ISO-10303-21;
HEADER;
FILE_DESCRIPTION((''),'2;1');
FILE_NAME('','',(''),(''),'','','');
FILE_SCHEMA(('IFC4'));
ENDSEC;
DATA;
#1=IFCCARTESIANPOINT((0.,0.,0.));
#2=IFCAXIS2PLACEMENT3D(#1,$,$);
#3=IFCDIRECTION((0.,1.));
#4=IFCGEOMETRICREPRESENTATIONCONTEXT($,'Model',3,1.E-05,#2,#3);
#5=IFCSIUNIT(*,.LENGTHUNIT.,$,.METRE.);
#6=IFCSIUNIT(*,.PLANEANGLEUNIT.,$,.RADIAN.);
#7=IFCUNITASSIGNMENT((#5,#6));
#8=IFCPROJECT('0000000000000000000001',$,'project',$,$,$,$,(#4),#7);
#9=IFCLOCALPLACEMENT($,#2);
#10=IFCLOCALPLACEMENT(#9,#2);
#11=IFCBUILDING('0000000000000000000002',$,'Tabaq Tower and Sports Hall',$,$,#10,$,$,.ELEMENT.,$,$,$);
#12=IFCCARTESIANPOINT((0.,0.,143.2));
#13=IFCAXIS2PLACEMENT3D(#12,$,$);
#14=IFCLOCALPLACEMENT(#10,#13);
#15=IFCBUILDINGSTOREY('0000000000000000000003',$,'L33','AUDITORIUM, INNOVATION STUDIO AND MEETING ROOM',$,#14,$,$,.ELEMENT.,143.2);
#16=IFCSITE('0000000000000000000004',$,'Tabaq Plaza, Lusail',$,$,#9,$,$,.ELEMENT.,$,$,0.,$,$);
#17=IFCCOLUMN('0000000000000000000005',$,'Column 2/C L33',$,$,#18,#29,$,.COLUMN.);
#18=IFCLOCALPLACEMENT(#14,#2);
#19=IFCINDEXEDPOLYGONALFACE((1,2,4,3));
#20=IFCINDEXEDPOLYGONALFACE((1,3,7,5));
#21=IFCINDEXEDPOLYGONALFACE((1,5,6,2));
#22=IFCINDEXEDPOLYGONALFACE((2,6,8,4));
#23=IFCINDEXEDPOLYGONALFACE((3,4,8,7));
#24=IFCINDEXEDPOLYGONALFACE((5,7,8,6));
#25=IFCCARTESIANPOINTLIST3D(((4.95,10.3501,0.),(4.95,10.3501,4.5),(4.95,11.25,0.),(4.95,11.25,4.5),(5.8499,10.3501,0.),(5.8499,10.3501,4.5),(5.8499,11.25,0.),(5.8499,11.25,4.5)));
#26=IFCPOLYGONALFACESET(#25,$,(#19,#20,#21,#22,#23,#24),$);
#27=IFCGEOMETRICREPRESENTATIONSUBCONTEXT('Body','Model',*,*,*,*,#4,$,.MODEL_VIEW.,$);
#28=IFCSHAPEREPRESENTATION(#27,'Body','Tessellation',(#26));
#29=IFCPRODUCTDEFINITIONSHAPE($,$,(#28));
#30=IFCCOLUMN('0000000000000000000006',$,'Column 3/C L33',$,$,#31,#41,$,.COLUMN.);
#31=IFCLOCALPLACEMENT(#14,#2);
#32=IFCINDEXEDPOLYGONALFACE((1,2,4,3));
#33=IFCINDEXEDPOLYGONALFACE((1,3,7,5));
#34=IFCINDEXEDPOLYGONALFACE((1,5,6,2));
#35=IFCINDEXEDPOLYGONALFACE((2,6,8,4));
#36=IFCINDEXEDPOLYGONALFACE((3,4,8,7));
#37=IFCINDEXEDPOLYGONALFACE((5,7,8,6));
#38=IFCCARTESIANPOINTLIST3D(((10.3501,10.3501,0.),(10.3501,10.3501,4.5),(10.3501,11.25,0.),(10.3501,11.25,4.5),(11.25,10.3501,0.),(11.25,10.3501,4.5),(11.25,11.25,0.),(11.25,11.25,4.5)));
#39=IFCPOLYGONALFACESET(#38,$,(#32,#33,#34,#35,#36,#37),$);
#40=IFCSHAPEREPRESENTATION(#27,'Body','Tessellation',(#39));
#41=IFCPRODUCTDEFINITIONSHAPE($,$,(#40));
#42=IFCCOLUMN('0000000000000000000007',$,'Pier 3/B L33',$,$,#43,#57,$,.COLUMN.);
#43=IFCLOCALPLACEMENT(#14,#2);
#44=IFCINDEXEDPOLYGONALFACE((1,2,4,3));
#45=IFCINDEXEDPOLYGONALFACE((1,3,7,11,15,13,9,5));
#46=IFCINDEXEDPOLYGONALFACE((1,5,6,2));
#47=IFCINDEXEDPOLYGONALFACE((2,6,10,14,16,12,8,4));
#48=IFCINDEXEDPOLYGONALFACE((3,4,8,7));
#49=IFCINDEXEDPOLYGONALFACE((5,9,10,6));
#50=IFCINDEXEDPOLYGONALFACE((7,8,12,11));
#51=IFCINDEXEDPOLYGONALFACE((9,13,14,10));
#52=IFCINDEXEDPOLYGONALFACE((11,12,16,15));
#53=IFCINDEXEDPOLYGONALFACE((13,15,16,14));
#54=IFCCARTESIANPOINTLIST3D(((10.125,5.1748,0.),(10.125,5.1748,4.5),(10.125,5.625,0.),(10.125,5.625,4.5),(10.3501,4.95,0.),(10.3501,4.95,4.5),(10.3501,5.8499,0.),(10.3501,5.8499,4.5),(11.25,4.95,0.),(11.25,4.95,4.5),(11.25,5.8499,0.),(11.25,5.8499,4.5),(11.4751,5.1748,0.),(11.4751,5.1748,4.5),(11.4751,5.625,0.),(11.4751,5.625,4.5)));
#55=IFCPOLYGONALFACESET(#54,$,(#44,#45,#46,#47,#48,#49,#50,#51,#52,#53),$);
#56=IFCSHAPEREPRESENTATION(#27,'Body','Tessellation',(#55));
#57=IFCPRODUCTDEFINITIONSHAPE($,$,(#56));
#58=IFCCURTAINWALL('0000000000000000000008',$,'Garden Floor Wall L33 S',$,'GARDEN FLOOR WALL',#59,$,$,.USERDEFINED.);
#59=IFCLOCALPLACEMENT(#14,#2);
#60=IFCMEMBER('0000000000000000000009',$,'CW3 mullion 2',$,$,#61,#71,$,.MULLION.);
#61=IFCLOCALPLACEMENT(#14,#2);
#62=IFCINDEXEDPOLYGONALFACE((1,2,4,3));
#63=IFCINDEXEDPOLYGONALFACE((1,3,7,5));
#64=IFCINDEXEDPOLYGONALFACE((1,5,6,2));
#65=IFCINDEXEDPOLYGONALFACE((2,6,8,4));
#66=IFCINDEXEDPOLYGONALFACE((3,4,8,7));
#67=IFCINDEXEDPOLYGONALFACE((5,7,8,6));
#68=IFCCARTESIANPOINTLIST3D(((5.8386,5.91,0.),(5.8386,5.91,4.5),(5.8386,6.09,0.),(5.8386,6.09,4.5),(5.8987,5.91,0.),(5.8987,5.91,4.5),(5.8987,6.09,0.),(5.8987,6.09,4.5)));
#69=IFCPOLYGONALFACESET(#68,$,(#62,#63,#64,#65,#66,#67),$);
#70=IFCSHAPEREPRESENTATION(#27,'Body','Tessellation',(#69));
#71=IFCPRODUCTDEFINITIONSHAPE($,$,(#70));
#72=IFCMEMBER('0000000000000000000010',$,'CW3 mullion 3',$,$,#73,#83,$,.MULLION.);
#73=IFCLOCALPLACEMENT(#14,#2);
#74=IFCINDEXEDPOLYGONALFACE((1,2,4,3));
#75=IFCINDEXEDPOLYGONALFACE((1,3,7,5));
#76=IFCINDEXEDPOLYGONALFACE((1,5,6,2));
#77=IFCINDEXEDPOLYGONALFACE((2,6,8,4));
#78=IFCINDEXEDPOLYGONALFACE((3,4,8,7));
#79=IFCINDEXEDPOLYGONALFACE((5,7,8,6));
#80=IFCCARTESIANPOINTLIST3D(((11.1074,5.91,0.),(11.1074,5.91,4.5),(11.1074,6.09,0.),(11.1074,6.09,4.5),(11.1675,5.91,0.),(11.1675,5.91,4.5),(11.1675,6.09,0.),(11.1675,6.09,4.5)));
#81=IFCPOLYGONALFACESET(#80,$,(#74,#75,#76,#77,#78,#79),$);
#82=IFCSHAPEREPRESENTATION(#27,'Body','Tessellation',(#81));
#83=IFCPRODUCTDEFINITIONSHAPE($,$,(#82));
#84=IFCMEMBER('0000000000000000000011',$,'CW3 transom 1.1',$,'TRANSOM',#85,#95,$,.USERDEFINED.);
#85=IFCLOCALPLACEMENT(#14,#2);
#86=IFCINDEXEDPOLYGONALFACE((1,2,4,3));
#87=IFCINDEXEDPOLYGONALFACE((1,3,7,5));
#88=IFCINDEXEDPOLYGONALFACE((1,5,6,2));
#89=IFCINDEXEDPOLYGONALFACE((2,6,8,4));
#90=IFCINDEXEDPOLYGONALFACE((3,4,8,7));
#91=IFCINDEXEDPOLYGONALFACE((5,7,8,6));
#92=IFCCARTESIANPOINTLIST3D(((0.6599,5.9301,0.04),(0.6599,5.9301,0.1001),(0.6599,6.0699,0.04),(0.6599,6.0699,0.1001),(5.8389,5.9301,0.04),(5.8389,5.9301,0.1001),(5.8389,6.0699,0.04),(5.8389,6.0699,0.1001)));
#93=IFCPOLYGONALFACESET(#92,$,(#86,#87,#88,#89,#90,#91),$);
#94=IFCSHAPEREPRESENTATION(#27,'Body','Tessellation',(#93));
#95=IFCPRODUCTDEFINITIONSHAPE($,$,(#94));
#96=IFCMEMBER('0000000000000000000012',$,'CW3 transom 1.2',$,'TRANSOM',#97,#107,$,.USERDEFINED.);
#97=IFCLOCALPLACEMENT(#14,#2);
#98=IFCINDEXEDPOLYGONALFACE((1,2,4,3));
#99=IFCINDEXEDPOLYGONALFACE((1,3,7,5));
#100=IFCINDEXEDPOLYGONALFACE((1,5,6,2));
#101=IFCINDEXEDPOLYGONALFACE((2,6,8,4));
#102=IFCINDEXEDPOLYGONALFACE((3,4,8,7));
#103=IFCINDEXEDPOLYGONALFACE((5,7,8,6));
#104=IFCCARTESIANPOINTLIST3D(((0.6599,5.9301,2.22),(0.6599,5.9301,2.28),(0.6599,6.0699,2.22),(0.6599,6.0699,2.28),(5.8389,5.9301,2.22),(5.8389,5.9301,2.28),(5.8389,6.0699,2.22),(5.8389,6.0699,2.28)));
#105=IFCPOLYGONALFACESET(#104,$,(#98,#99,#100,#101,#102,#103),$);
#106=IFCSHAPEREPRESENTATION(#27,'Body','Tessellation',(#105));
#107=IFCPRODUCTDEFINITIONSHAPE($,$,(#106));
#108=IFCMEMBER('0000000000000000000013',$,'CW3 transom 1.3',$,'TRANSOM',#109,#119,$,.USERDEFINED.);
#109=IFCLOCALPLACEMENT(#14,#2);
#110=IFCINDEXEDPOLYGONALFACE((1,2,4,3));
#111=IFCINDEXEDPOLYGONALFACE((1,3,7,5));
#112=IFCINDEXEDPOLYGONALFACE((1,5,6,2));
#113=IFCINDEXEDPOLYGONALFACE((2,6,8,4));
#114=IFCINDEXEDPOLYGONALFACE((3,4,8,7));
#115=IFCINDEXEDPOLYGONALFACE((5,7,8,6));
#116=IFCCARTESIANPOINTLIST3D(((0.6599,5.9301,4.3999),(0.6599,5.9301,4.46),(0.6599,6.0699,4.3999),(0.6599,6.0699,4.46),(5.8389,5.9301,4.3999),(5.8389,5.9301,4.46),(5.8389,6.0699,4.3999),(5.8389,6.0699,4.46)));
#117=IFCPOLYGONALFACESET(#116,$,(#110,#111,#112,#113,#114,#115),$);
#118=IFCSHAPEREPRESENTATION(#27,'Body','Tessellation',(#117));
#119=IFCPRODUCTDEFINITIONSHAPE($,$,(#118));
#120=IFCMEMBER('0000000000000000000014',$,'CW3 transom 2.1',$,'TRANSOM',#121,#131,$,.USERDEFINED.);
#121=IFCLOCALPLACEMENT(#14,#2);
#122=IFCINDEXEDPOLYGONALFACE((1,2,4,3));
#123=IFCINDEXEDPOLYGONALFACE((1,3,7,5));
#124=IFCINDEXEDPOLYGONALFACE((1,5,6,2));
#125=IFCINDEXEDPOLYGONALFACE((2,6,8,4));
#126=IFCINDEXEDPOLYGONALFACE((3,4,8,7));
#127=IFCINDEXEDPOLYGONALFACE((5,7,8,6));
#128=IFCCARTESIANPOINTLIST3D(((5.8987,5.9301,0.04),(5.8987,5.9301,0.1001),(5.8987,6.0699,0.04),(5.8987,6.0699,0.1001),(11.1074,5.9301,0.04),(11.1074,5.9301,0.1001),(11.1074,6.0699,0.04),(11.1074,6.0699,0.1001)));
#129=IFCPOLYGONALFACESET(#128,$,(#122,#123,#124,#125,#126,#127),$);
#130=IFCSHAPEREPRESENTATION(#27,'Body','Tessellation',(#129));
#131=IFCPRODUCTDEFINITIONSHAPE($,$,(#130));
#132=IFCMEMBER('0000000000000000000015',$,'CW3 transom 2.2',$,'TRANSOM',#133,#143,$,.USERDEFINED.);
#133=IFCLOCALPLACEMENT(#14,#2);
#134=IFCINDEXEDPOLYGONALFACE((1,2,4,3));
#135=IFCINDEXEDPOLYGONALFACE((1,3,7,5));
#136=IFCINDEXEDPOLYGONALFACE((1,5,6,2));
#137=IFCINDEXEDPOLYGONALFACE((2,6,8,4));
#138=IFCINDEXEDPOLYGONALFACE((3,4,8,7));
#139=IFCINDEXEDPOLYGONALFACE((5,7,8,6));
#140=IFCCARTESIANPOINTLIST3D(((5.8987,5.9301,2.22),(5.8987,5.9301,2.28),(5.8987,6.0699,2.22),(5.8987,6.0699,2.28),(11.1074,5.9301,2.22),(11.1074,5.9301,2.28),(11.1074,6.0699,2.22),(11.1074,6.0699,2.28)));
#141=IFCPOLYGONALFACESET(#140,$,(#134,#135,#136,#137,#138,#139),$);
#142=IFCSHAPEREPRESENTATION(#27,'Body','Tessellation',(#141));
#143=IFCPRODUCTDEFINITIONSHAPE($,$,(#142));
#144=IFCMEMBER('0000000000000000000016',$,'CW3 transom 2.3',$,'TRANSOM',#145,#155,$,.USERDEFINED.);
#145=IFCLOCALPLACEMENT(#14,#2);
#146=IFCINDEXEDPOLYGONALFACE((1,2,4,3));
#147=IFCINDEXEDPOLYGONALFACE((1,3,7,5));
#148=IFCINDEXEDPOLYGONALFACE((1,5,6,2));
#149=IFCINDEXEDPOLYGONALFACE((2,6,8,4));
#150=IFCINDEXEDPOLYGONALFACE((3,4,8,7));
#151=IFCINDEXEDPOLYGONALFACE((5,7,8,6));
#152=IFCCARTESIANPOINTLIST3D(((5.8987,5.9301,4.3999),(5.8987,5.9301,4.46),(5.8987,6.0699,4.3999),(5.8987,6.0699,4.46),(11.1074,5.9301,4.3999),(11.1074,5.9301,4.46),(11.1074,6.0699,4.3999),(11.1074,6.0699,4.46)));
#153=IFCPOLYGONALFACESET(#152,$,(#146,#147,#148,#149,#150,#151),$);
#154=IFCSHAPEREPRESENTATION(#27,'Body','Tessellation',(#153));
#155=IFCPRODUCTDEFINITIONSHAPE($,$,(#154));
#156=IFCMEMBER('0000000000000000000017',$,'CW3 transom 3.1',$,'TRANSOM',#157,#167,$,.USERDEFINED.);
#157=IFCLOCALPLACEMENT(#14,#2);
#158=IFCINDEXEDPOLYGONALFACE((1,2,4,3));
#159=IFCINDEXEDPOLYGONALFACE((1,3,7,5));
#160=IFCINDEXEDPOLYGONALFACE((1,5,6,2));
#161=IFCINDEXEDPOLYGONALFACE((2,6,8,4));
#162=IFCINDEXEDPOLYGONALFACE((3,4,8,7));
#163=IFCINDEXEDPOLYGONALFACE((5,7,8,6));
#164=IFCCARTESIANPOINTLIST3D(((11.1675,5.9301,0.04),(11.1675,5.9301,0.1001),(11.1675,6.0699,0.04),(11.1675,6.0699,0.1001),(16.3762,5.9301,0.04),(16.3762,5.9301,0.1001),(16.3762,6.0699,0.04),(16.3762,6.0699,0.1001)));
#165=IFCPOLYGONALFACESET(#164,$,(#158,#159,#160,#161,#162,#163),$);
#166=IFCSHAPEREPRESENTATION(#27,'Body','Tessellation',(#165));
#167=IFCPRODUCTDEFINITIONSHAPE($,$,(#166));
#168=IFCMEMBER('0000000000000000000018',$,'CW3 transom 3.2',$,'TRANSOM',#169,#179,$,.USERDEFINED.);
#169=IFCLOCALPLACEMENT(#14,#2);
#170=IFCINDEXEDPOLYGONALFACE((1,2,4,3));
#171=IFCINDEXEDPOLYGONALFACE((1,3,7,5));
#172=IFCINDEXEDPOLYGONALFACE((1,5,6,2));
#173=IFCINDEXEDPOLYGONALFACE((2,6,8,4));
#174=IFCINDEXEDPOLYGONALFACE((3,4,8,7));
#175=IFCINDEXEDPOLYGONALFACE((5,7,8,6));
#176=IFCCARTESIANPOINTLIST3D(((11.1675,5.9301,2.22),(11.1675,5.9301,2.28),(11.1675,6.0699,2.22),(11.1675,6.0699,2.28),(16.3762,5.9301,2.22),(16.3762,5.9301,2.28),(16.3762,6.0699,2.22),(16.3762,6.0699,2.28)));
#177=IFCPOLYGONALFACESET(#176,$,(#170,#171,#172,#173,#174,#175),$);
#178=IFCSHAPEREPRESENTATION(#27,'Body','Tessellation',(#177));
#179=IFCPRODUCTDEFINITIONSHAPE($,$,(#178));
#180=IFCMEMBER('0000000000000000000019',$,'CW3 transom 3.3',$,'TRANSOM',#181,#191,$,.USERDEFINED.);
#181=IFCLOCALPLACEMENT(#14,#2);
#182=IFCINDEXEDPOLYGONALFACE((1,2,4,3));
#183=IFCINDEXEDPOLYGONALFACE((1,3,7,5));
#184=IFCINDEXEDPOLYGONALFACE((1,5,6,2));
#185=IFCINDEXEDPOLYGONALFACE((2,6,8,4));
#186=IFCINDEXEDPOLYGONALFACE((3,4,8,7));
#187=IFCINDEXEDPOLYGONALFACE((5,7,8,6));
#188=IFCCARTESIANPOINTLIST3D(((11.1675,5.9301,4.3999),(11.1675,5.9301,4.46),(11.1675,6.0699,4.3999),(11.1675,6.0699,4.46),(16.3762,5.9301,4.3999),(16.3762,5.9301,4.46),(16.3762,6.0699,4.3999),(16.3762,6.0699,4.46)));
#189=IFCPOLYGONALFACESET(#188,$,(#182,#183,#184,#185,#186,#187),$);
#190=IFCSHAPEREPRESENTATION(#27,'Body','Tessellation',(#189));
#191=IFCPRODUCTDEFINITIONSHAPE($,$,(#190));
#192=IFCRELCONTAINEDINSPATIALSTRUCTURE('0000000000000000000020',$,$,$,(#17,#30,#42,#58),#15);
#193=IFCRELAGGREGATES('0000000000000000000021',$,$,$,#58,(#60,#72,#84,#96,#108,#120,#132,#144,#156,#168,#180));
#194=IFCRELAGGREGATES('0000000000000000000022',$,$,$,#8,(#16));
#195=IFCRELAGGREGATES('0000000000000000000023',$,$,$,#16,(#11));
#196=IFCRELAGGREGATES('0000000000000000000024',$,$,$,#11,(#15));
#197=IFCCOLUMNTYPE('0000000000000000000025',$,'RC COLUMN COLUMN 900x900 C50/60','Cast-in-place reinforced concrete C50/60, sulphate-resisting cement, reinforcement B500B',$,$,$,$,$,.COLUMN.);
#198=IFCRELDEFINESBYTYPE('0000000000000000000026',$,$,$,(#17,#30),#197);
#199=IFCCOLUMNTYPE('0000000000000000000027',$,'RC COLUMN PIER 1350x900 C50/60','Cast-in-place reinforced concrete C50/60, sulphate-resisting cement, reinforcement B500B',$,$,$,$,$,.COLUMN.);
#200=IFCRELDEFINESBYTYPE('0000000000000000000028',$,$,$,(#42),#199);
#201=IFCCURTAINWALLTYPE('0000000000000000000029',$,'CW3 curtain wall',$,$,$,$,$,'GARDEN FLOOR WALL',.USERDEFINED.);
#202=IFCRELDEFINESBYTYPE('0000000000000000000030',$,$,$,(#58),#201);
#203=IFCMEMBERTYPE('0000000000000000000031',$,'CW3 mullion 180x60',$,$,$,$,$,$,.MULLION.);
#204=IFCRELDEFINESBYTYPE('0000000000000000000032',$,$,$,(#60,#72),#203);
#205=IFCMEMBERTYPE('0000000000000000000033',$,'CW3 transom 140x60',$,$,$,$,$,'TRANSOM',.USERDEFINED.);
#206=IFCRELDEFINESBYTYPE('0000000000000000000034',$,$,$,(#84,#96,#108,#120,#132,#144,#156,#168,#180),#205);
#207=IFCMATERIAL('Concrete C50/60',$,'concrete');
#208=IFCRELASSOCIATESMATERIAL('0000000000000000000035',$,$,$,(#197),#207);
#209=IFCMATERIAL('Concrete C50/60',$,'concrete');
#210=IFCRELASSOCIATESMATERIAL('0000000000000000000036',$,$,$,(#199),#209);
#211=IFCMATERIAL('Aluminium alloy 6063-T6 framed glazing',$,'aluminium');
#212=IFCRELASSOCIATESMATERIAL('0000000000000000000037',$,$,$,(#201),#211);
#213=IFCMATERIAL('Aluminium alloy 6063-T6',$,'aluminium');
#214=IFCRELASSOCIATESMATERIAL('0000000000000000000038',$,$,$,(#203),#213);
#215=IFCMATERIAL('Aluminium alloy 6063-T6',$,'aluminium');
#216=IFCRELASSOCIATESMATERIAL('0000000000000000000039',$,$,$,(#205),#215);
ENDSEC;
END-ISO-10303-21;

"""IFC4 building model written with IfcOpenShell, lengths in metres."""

from ifc_helpers import new_model, si_unit, direction, frame, origin, origin_2d, place, context, subcontext, project, spatial, polyline, rectangle, outline, extrude, material, material_profile, profile_set, type_object, element, aggregate, save


model = new_model("IFC4")

# Units and contexts
model_context = context("Model", 3, precision=1e-05, world=origin(), true_north=direction((0.0, 1.0)))
body_context = subcontext(model_context, "Body", "Model", "MODEL_VIEW")
ifc_project = project(units=[si_unit("LENGTHUNIT", "METRE"), si_unit("PLANEANGLEUNIT", "RADIAN")], contexts=[model_context])

# Site, building, storey
site_placement = place(None, origin())
site = spatial("IfcSite", under=ifc_project, at=site_placement, Name="Tabaq Plaza, Lusail", CompositionType="ELEMENT", RefElevation=0.0)
building_placement = place(site_placement, origin())
building = spatial("IfcBuilding", under=site, at=building_placement, Name="Tabaq Tower and Sports Hall", CompositionType="ELEMENT")
storey_placement = place(building_placement, frame((0.0, 0.0, 143.2)))
storey = spatial("IfcBuildingStorey", under=building, at=storey_placement, Name="L33", Description="AUDITORIUM, INNOVATION STUDIO AND MEETING ROOM", CompositionType="ELEMENT", Elevation=143.2)

# Columns
ifc_material_1 = material(Name="Concrete C50/60", Category="concrete")
ifc_material_profile_1 = material_profile(ifc_material_1, rectangle(XDim=0.8999, YDim=0.8999, at=origin_2d()), Name="COLUMN 900x900")
ifc_profile_set_1 = profile_set([ifc_material_profile_1], Name="Concrete C50/60")
column_type_1 = type_object("IfcColumnType", Name="RC COLUMN COLUMN 900x900 C50/60", Description="Cast-in-place reinforced concrete C50/60, sulphate-resisting cement, reinforcement B500B", PredefinedType="COLUMN", material=ifc_profile_set_1)
for number, where, z_axis, x_axis, name in (
    (1, (5.3999, 10.8, 0.0), (0.0, 0.0, 1.0), (1.0, 0.0, 0.0), "Column 2/C L33"),
    (2, (10.8, 10.8, 0.0), (0.0, 0.0, 1.0), (1.0, 0.0, 0.0), "Column 3/C L33"),
):
    element("IfcColumn", number, at=place(storey_placement, frame(where, z_axis=z_axis, x_axis=x_axis)), inside=storey, type_object=column_type_1, Name=name, PredefinedType="COLUMN", context=body_context, shape_type="SweptSolid", body=[
        extrude(rectangle(XDim=0.8999, YDim=0.8999, at=origin_2d()), origin(), (0.0, 0.0, 1.0), 4.5),
    ])
ifc_material_2 = material(Name="Concrete C50/60", Category="concrete")
ifc_material_profile_2 = material_profile(ifc_material_2, outline(polyline([(-0.45, -0.45), (0.45, -0.45), (0.675, -0.2251), (0.675, 0.2251), (0.45, 0.45), (-0.45, 0.45), (-0.675, 0.2251), (-0.675, -0.2251), (-0.45, -0.45)])), Name="PIER 1350x900")
ifc_profile_set_2 = profile_set([ifc_material_profile_2], Name="Concrete C50/60")
column_type_2 = type_object("IfcColumnType", Name="RC COLUMN PIER 1350x900 C50/60", Description="Cast-in-place reinforced concrete C50/60, sulphate-resisting cement, reinforcement B500B", PredefinedType="COLUMN", material=ifc_profile_set_2)
column_placement = place(storey_placement, frame((10.8, 5.3999, 0.0), z_axis=(0.0, 0.0, 1.0), x_axis=(1.0, 0.0, 0.0)))
element("IfcColumn", 3, at=column_placement, inside=storey, type_object=column_type_2, Name="Pier 3/B L33", PredefinedType="COLUMN", context=body_context, shape_type="SweptSolid", body=[
    extrude(outline(polyline([(-0.45, -0.45), (0.45, -0.45), (0.675, -0.2251), (0.675, 0.2251), (0.45, 0.45), (-0.45, 0.45), (-0.675, 0.2251), (-0.675, -0.2251), (-0.45, -0.45)])), origin(), (0.0, 0.0, 1.0), 4.5),
])

# Curtain wall, members
ifc_material_3 = material(Name="Aluminium alloy 6063-T6 framed glazing", Category="aluminium")
curtain_wall_type = type_object("IfcCurtainWallType", Name="CW3 curtain wall", ElementType="GARDEN FLOOR WALL", PredefinedType="USERDEFINED", material=ifc_material_3)
curtain_wall_placement = place(storey_placement, origin())
curtain_wall = element("IfcCurtainWall", 4, at=curtain_wall_placement, inside=storey, type_object=curtain_wall_type, Name="Garden Floor Wall L33 S", ObjectType="GARDEN FLOOR WALL", PredefinedType="USERDEFINED")
ifc_material_4 = material(Name="Aluminium alloy 6063-T6", Category="aluminium")
ifc_material_profile_3 = material_profile(ifc_material_4, rectangle(XDim=0.1799, YDim=0.0601, at=origin_2d()), Name="MULLION 180x60")
ifc_profile_set_3 = profile_set([ifc_material_profile_3], Name="Aluminium alloy 6063-T6")
member_type_1 = type_object("IfcMemberType", Name="CW3 mullion 180x60", PredefinedType="MULLION", material=ifc_profile_set_3)
member_1_placement = place(storey_placement, frame((5.8687, 6.0, 0.0), z_axis=(0.0, 0.0, 1.0), x_axis=(0.0, 1.0, 0.0)))
member_1 = element("IfcMember", 5, at=member_1_placement, type_object=member_type_1, Name="CW3 mullion 2", PredefinedType="MULLION", context=body_context, shape_type="SweptSolid", body=[
    extrude(rectangle(XDim=0.1799, YDim=0.0601, at=origin_2d()), origin(), (0.0, 0.0, 1.0), 4.5),
])
member_2_placement = place(storey_placement, frame((11.1375, 6.0, 0.0), z_axis=(0.0, 0.0, 1.0), x_axis=(0.0, 1.0, 0.0)))
member_2 = element("IfcMember", 6, at=member_2_placement, type_object=member_type_1, Name="CW3 mullion 3", PredefinedType="MULLION", context=body_context, shape_type="SweptSolid", body=[
    extrude(rectangle(XDim=0.1799, YDim=0.0601, at=origin_2d()), origin(), (0.0, 0.0, 1.0), 4.5),
])
ifc_material_5 = material(Name="Aluminium alloy 6063-T6", Category="aluminium")
ifc_material_profile_4 = material_profile(ifc_material_5, rectangle(XDim=0.1399, YDim=0.0601, at=origin_2d()), Name="TRANSOM 140x60")
ifc_profile_set_4 = profile_set([ifc_material_profile_4], Name="Aluminium alloy 6063-T6")
member_type_2 = type_object("IfcMemberType", Name="CW3 transom 140x60", ElementType="TRANSOM", PredefinedType="USERDEFINED", material=ifc_profile_set_4)
member_3_placement = place(storey_placement, frame((0.6599, 6.0, 0.0701), z_axis=(1.0, 0.0, 0.0), x_axis=(0.0, 1.0, 0.0)))
member_3 = element("IfcMember", 7, at=member_3_placement, type_object=member_type_2, Name="CW3 transom 1.1", ObjectType="TRANSOM", PredefinedType="USERDEFINED", context=body_context, shape_type="SweptSolid", body=[
    extrude(rectangle(XDim=0.1399, YDim=0.0601, at=origin_2d()), origin(), (0.0, 0.0, 1.0), 5.179),
])
member_4_placement = place(storey_placement, frame((0.6599, 6.0, 2.25), z_axis=(1.0, 0.0, 0.0), x_axis=(0.0, 1.0, 0.0)))
member_4 = element("IfcMember", 8, at=member_4_placement, type_object=member_type_2, Name="CW3 transom 1.2", ObjectType="TRANSOM", PredefinedType="USERDEFINED", context=body_context, shape_type="SweptSolid", body=[
    extrude(rectangle(XDim=0.1399, YDim=0.0601, at=origin_2d()), origin(), (0.0, 0.0, 1.0), 5.179),
])
member_5_placement = place(storey_placement, frame((0.6599, 6.0, 4.4299), z_axis=(1.0, 0.0, 0.0), x_axis=(0.0, 1.0, 0.0)))
member_5 = element("IfcMember", 9, at=member_5_placement, type_object=member_type_2, Name="CW3 transom 1.3", ObjectType="TRANSOM", PredefinedType="USERDEFINED", context=body_context, shape_type="SweptSolid", body=[
    extrude(rectangle(XDim=0.1399, YDim=0.0601, at=origin_2d()), origin(), (0.0, 0.0, 1.0), 5.179),
])
member_6_placement = place(storey_placement, frame((5.8987, 6.0, 0.0701), z_axis=(1.0, 0.0, 0.0), x_axis=(0.0, 1.0, 0.0)))
member_6 = element("IfcMember", 10, at=member_6_placement, type_object=member_type_2, Name="CW3 transom 2.1", ObjectType="TRANSOM", PredefinedType="USERDEFINED", context=body_context, shape_type="SweptSolid", body=[
    extrude(rectangle(XDim=0.1399, YDim=0.0601, at=origin_2d()), origin(), (0.0, 0.0, 1.0), 5.2087),
])
member_7_placement = place(storey_placement, frame((5.8987, 6.0, 2.25), z_axis=(1.0, 0.0, 0.0), x_axis=(0.0, 1.0, 0.0)))
member_7 = element("IfcMember", 11, at=member_7_placement, type_object=member_type_2, Name="CW3 transom 2.2", ObjectType="TRANSOM", PredefinedType="USERDEFINED", context=body_context, shape_type="SweptSolid", body=[
    extrude(rectangle(XDim=0.1399, YDim=0.0601, at=origin_2d()), origin(), (0.0, 0.0, 1.0), 5.2087),
])
member_8_placement = place(storey_placement, frame((5.8987, 6.0, 4.4299), z_axis=(1.0, 0.0, 0.0), x_axis=(0.0, 1.0, 0.0)))
member_8 = element("IfcMember", 12, at=member_8_placement, type_object=member_type_2, Name="CW3 transom 2.3", ObjectType="TRANSOM", PredefinedType="USERDEFINED", context=body_context, shape_type="SweptSolid", body=[
    extrude(rectangle(XDim=0.1399, YDim=0.0601, at=origin_2d()), origin(), (0.0, 0.0, 1.0), 5.2087),
])
member_9_placement = place(storey_placement, frame((11.1675, 6.0, 0.0701), z_axis=(1.0, 0.0, 0.0), x_axis=(0.0, 1.0, 0.0)))
member_9 = element("IfcMember", 13, at=member_9_placement, type_object=member_type_2, Name="CW3 transom 3.1", ObjectType="TRANSOM", PredefinedType="USERDEFINED", context=body_context, shape_type="SweptSolid", body=[
    extrude(rectangle(XDim=0.1399, YDim=0.0601, at=origin_2d()), origin(), (0.0, 0.0, 1.0), 5.2087),
])
member_10_placement = place(storey_placement, frame((11.1675, 6.0, 2.25), z_axis=(1.0, 0.0, 0.0), x_axis=(0.0, 1.0, 0.0)))
member_10 = element("IfcMember", 14, at=member_10_placement, type_object=member_type_2, Name="CW3 transom 3.2", ObjectType="TRANSOM", PredefinedType="USERDEFINED", context=body_context, shape_type="SweptSolid", body=[
    extrude(rectangle(XDim=0.1399, YDim=0.0601, at=origin_2d()), origin(), (0.0, 0.0, 1.0), 5.2087),
])
member_11_placement = place(storey_placement, frame((11.1675, 6.0, 4.4299), z_axis=(1.0, 0.0, 0.0), x_axis=(0.0, 1.0, 0.0)))
member_11 = element("IfcMember", 15, at=member_11_placement, type_object=member_type_2, Name="CW3 transom 3.3", ObjectType="TRANSOM", PredefinedType="USERDEFINED", context=body_context, shape_type="SweptSolid", body=[
    extrude(rectangle(XDim=0.1399, YDim=0.0601, at=origin_2d()), origin(), (0.0, 0.0, 1.0), 5.2087),
])

aggregate(curtain_wall, [member_1, member_2, member_3, member_4, member_5, member_6, member_7, member_8, member_9, member_10, member_11])

save(model, "model.ifc")
